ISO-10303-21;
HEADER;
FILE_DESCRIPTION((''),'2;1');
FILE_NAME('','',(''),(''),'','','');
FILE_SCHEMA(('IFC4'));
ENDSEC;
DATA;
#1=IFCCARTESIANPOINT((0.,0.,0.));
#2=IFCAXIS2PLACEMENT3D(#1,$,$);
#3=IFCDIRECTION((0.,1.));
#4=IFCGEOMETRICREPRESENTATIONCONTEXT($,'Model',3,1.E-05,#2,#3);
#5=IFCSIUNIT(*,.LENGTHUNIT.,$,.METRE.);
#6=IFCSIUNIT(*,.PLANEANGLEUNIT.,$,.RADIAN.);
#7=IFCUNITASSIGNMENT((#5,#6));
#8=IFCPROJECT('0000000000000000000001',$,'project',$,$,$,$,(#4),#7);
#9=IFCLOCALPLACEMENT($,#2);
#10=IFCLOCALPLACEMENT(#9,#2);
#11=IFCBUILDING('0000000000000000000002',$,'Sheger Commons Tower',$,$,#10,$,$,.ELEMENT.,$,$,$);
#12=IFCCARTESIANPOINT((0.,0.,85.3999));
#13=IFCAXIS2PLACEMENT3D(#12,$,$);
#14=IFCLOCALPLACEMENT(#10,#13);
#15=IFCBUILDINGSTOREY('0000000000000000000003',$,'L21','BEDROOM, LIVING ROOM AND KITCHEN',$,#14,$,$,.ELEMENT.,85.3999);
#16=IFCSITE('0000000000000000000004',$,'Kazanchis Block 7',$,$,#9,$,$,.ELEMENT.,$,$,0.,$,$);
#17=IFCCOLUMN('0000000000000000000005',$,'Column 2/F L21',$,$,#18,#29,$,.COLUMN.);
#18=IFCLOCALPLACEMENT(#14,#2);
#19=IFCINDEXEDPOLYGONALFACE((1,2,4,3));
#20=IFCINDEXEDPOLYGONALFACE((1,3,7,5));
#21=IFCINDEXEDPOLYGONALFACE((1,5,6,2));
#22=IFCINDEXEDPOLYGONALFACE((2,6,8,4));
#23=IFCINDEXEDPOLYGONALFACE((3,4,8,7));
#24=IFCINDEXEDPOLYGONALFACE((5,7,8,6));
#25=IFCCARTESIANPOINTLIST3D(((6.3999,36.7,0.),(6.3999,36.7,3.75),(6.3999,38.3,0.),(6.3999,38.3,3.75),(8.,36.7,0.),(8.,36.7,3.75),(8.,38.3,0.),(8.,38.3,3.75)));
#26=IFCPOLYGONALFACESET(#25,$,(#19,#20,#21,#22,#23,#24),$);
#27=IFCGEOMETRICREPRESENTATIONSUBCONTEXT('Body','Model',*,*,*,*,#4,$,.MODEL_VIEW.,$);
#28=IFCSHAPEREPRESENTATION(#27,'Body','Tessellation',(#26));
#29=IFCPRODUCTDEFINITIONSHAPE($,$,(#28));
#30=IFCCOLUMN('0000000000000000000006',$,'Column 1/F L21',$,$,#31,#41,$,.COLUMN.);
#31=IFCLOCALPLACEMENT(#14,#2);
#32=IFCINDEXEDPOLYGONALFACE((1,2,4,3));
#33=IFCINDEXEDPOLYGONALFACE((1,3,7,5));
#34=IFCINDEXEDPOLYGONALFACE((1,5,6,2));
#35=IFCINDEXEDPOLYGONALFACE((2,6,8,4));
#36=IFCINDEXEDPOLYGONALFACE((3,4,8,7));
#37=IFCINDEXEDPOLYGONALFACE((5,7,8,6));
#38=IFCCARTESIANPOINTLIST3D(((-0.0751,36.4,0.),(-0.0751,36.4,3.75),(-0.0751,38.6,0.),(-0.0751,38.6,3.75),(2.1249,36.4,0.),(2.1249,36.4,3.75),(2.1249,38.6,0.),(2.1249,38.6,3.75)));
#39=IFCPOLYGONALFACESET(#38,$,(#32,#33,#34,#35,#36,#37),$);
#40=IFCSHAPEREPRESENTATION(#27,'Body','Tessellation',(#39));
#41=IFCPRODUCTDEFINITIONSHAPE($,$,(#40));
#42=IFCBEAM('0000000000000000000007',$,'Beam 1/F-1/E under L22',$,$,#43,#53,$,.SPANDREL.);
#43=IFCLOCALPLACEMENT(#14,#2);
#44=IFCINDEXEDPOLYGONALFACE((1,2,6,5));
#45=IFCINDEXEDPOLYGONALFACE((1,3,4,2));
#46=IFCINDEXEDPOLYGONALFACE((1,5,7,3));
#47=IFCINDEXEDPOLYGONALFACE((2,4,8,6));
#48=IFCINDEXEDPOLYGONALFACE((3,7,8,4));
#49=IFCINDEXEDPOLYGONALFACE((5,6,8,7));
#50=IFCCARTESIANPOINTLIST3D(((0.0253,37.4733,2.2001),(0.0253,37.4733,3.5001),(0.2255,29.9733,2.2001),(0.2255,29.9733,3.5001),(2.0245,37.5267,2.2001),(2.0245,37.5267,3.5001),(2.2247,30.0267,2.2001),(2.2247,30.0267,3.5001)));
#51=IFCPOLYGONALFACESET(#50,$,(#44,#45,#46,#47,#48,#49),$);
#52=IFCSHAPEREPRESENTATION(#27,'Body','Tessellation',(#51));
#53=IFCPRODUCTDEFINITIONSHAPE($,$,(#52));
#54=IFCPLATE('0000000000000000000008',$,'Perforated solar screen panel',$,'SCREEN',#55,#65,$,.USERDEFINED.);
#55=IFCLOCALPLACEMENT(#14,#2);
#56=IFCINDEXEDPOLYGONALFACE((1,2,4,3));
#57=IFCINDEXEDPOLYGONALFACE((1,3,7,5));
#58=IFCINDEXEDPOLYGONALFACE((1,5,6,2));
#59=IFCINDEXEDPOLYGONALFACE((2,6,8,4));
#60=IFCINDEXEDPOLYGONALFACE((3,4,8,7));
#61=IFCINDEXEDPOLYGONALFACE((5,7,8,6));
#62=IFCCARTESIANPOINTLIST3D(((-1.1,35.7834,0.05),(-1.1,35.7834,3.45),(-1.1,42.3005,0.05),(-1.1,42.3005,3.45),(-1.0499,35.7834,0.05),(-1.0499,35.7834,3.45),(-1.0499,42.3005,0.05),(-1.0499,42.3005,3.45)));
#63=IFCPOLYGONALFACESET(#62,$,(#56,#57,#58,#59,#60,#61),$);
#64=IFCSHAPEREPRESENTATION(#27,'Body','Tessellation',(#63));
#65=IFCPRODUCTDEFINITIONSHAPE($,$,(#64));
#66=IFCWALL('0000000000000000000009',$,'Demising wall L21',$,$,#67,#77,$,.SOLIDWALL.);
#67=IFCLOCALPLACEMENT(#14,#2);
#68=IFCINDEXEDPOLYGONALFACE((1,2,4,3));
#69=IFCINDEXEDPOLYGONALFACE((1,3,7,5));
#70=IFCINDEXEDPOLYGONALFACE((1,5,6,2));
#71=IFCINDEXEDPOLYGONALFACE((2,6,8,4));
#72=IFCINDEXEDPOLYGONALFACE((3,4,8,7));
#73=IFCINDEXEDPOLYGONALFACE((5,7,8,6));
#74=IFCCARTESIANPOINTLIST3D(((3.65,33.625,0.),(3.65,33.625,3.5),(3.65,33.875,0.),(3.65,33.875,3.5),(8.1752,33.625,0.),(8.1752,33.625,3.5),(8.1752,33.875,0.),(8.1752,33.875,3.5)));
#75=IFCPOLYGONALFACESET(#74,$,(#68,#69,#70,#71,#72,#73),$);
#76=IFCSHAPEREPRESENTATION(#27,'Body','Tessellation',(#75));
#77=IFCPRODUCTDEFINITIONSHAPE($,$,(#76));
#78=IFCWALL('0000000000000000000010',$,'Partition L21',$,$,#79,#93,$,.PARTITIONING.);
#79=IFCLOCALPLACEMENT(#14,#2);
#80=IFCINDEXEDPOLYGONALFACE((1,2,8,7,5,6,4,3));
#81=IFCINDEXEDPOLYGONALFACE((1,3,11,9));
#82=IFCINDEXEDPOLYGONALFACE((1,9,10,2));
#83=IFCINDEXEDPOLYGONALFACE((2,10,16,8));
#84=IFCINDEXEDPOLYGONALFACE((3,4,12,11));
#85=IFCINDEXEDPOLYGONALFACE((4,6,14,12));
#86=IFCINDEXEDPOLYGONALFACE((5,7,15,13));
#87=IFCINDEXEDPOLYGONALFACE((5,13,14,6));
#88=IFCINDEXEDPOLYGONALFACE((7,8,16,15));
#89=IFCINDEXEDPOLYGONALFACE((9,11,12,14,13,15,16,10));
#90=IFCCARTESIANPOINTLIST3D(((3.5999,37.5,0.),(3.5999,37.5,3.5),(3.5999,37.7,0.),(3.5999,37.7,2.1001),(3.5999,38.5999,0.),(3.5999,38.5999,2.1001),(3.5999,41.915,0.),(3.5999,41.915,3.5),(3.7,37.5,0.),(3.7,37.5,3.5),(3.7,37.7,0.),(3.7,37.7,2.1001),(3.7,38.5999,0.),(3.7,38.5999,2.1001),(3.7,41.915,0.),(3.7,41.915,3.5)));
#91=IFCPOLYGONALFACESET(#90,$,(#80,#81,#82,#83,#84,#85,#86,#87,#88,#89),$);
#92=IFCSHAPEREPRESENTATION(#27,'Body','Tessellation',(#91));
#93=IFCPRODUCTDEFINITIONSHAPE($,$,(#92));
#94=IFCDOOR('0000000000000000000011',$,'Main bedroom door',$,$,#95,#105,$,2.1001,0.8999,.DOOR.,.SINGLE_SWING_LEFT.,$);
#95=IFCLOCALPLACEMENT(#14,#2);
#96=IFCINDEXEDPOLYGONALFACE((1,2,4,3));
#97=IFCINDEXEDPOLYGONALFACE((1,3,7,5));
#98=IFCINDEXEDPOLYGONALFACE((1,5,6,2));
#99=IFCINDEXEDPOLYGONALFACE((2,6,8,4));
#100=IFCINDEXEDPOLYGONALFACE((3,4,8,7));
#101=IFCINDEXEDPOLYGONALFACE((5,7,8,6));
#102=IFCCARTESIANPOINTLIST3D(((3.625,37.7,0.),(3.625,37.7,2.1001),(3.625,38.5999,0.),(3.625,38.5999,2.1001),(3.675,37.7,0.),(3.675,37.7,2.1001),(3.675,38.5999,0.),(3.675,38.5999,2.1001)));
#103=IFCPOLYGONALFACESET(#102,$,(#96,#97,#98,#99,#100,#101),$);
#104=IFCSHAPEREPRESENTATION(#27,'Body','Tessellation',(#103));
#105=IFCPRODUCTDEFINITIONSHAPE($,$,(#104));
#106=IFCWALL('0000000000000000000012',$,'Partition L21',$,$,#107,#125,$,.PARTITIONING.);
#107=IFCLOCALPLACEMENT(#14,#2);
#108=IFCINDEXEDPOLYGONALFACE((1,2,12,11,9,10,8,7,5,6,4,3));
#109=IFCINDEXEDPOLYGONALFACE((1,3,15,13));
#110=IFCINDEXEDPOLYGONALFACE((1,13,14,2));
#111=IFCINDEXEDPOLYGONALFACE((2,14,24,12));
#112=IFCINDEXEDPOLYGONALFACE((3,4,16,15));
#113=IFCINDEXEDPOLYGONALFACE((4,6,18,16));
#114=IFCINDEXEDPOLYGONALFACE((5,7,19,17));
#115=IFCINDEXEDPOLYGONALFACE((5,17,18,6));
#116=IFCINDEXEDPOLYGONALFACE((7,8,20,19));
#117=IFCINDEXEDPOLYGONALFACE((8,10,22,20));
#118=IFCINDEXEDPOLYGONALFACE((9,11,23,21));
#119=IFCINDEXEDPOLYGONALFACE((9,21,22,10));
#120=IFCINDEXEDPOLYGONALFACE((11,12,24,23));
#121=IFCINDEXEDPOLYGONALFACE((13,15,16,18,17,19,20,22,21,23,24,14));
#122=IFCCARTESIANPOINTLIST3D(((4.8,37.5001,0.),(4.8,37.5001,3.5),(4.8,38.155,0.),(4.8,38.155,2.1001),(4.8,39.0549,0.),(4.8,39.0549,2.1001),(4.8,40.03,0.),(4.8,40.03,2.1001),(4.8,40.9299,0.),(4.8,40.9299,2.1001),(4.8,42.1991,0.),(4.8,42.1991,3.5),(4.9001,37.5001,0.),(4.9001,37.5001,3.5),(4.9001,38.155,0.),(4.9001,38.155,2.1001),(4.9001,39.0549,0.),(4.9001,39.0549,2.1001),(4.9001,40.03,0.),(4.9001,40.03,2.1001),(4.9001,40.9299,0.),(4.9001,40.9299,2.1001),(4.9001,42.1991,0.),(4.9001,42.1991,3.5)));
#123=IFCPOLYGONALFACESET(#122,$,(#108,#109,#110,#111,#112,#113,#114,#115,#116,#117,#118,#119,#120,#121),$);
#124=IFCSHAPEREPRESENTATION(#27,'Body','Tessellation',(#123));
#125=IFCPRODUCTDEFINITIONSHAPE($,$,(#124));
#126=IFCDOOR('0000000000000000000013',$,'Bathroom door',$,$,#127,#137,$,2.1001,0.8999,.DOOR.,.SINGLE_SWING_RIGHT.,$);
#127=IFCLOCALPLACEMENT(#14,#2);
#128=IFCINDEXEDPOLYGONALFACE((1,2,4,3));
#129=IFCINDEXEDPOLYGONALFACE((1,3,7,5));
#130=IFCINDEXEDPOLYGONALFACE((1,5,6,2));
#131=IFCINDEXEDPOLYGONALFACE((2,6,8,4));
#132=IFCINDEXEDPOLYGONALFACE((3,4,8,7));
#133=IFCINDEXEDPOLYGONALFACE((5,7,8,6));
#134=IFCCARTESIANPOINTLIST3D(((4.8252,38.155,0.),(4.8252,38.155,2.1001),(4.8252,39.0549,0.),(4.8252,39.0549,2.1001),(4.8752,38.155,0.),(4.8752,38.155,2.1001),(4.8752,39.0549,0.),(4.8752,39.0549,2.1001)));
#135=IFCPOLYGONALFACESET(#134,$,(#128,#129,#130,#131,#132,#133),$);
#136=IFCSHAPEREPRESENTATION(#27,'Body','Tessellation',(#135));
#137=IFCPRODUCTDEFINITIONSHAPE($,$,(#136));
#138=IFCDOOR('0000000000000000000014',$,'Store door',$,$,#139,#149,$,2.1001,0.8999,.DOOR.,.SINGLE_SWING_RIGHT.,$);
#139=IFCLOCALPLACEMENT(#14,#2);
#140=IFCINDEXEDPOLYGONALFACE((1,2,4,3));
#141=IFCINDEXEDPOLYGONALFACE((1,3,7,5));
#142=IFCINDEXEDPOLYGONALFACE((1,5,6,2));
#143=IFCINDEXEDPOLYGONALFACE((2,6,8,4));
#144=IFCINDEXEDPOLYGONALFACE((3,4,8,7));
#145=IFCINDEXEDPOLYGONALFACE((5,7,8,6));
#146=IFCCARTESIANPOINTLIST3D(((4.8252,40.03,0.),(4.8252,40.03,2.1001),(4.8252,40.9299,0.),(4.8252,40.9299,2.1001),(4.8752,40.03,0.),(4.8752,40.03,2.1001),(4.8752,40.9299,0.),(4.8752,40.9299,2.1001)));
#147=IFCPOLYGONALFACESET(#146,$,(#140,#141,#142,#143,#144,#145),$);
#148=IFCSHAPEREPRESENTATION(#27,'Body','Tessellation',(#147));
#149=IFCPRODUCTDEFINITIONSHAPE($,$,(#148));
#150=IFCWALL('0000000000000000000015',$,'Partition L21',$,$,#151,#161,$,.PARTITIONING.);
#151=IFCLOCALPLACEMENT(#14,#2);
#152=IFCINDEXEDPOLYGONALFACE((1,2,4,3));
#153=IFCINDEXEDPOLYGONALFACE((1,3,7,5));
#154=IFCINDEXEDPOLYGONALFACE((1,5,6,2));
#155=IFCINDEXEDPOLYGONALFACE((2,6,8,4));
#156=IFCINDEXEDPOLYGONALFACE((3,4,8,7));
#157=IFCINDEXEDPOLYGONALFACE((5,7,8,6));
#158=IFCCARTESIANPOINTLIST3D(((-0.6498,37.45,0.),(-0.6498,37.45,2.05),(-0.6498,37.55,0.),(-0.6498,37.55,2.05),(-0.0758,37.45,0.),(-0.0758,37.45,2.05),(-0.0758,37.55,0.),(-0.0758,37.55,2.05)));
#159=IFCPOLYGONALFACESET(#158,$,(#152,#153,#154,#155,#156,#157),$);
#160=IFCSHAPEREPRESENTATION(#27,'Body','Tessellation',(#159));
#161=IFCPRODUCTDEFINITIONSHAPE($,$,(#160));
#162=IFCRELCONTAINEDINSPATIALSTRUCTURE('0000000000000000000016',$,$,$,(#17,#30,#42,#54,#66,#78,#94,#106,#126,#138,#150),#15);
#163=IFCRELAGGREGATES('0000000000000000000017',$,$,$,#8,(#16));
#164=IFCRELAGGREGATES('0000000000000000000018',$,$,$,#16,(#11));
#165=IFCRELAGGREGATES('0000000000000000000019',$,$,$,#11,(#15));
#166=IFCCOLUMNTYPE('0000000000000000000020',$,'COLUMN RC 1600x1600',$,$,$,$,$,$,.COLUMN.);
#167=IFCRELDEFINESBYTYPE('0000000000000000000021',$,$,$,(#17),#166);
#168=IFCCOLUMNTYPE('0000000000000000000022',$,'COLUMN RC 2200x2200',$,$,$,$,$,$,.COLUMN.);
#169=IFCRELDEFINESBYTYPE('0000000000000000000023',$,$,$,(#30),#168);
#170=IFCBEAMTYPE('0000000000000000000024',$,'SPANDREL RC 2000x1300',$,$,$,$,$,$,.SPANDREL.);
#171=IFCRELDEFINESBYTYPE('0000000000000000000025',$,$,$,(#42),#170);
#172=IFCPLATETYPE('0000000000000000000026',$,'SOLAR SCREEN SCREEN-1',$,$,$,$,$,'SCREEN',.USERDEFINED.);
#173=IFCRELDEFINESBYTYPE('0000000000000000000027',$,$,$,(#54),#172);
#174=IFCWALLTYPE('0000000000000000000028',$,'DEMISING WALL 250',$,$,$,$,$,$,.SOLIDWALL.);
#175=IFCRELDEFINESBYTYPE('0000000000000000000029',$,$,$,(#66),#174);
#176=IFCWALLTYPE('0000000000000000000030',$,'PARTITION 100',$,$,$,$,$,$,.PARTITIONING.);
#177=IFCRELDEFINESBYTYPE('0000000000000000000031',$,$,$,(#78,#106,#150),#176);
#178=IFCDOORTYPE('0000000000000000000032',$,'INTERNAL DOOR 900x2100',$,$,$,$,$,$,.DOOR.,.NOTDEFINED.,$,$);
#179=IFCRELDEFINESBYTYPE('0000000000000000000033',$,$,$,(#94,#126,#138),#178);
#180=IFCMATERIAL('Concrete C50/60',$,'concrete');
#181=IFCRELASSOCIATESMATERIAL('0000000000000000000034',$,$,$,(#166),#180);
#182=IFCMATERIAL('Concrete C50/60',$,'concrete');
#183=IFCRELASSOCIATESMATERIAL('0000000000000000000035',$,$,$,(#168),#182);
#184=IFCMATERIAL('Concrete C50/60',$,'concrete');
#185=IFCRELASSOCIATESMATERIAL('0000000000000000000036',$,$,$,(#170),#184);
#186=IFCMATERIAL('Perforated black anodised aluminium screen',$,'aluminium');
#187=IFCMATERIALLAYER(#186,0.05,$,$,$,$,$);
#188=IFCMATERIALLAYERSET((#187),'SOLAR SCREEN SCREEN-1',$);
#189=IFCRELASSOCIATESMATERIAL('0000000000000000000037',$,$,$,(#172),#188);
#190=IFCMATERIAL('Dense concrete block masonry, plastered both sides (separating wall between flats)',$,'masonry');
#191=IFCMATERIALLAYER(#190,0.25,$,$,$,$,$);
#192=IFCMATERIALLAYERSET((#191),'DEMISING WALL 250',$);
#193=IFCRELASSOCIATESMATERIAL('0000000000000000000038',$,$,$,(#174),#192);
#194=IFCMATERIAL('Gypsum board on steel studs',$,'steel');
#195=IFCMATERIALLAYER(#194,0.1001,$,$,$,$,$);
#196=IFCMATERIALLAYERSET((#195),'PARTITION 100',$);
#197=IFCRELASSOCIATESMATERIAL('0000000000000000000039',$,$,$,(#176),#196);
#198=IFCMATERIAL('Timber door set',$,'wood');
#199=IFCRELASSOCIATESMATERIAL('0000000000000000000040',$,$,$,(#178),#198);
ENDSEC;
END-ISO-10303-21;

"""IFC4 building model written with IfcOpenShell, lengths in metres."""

from ifc_helpers import new_model, si_unit, direction, frame, frame_2d, origin, origin_2d, place, context, subcontext, project, spatial, rectangle, extrude, material, layer, layer_set, material_profile, profile_set, type_object, element, fill, save


model = new_model("IFC4")

# Units and contexts
model_context = context("Model", 3, precision=1e-05, world=origin(), true_north=direction((0.0, 1.0)))
body_context = subcontext(model_context, "Body", "Model", "MODEL_VIEW")
ifc_project = project(units=[si_unit("LENGTHUNIT", "METRE"), si_unit("PLANEANGLEUNIT", "RADIAN")], contexts=[model_context])

# Site, building, storey
site_placement = place(None, origin())
site = spatial("IfcSite", under=ifc_project, at=site_placement, Name="Kazanchis Block 7", CompositionType="ELEMENT", RefElevation=0.0)
building_placement = place(site_placement, origin())
building = spatial("IfcBuilding", under=site, at=building_placement, Name="Sheger Commons Tower", CompositionType="ELEMENT")
storey_placement = place(building_placement, frame((0.0, 0.0, 85.3999)))
storey = spatial("IfcBuildingStorey", under=building, at=storey_placement, Name="L21", Description="BEDROOM, LIVING ROOM AND KITCHEN", CompositionType="ELEMENT", Elevation=85.3999)

# Columns
ifc_material_1 = material(Name="Concrete C50/60", Category="concrete")
ifc_material_profile_1 = material_profile(ifc_material_1, rectangle(XDim=1.6001, YDim=1.6001, at=origin_2d()), Name="RC 1600x1600")
ifc_profile_set_1 = profile_set([ifc_material_profile_1], Name="Concrete C50/60")
column_type_1 = type_object("IfcColumnType", Name="COLUMN RC 1600x1600", PredefinedType="COLUMN", material=ifc_profile_set_1)
column_1_placement = place(storey_placement, frame((7.2, 37.5, 0.0), z_axis=(0.0, 0.0, 1.0), x_axis=(1.0, 0.0, 0.0)))
element("IfcColumn", 1, at=column_1_placement, inside=storey, type_object=column_type_1, Name="Column 2/F L21", PredefinedType="COLUMN", context=body_context, shape_type="SweptSolid", body=[
    extrude(rectangle(XDim=1.6001, YDim=1.6001, at=origin_2d()), origin(), (0.0, 0.0, 1.0), 3.75),
])
ifc_material_2 = material(Name="Concrete C50/60", Category="concrete")
ifc_material_profile_2 = material_profile(ifc_material_2, rectangle(XDim=2.2, YDim=2.2, at=origin_2d()), Name="RC 2200x2200")
ifc_profile_set_2 = profile_set([ifc_material_profile_2], Name="Concrete C50/60")
column_type_2 = type_object("IfcColumnType", Name="COLUMN RC 2200x2200", PredefinedType="COLUMN", material=ifc_profile_set_2)
column_2_placement = place(storey_placement, frame((1.0249, 37.5, 0.0), z_axis=(0.0, 0.0, 1.0), x_axis=(1.0, 0.0, 0.0)))
element("IfcColumn", 2, at=column_2_placement, inside=storey, type_object=column_type_2, Name="Column 1/F L21", PredefinedType="COLUMN", context=body_context, shape_type="SweptSolid", body=[
    extrude(rectangle(XDim=2.2, YDim=2.2, at=origin_2d()), origin(), (0.0, 0.0, 1.0), 3.75),
])

# Beam
ifc_material_3 = material(Name="Concrete C50/60", Category="concrete")
ifc_material_profile_3 = material_profile(ifc_material_3, rectangle(XDim=2.0, YDim=1.3, at=origin_2d()), Name="RC 2000x1300")
ifc_profile_set_3 = profile_set([ifc_material_profile_3], Name="Concrete C50/60")
beam_type = type_object("IfcBeamType", Name="SPANDREL RC 2000x1300", PredefinedType="SPANDREL", material=ifc_profile_set_3)
beam_placement = place(storey_placement, frame((1.0249, 37.5, 2.8501), z_axis=(0.026683, -0.999644, 0.0), x_axis=(0.999644, 0.026683, 0.0)))
element("IfcBeam", 3, at=beam_placement, inside=storey, type_object=beam_type, Name="Beam 1/F-1/E under L22", PredefinedType="SPANDREL", context=body_context, shape_type="SweptSolid", body=[
    extrude(rectangle(XDim=2.0, YDim=1.3, at=origin_2d()), origin(), (0.0, 0.0, 1.0), 7.5027),
])

# Plate
ifc_material_4 = material(Name="Perforated black anodised aluminium screen", Category="aluminium")
ifc_layer_1 = layer(ifc_material_4, 0.05)
ifc_layer_set_1 = layer_set([ifc_layer_1], Name="SOLAR SCREEN SCREEN-1")
plate_type = type_object("IfcPlateType", Name="SOLAR SCREEN SCREEN-1", ElementType="SCREEN", PredefinedType="USERDEFINED", material=ifc_layer_set_1)
plate_placement = place(storey_placement, frame((-1.075, 39.042, 0.05), z_axis=(0.0, 0.0, 1.0), x_axis=(0.0, -1.0, 0.0)))
element("IfcPlate", 4, at=plate_placement, inside=storey, type_object=plate_type, Name="Perforated solar screen panel", ObjectType="SCREEN", PredefinedType="USERDEFINED", context=body_context, shape_type="SweptSolid", body=[
    extrude(rectangle(XDim=6.5171, YDim=0.05, at=origin_2d()), origin(), (0.0, 0.0, 1.0), 3.3999),
])

# Wall
ifc_material_5 = material(Name="Dense concrete block masonry, plastered both sides (separating wall between flats)", Category="masonry")
ifc_layer_2 = layer(ifc_material_5, 0.25)
ifc_layer_set_2 = layer_set([ifc_layer_2], Name="DEMISING WALL 250")
wall_type_1 = type_object("IfcWallType", Name="DEMISING WALL 250", PredefinedType="SOLIDWALL", material=ifc_layer_set_2)
wall_1_placement = place(storey_placement, frame((3.6499, 33.75, 0.0), z_axis=(0.0, 0.0, 1.0), x_axis=(1.0, 0.0, 0.0)))
element("IfcWall", 5, at=wall_1_placement, inside=storey, type_object=wall_type_1, Name="Demising wall L21", PredefinedType="SOLIDWALL", context=body_context, shape_type="SweptSolid", body=[
    extrude(rectangle(XDim=4.5251, YDim=0.25, at=frame_2d((2.2627, 0.0))), origin(), (0.0, 0.0, 1.0), 3.5),
])

# Wall, opening, door
ifc_material_6 = material(Name="Gypsum board on steel studs", Category="steel")
ifc_layer_3 = layer(ifc_material_6, 0.1001)
ifc_layer_set_3 = layer_set([ifc_layer_3], Name="PARTITION 100")
wall_type_2 = type_object("IfcWallType", Name="PARTITION 100", PredefinedType="PARTITIONING", material=ifc_layer_set_3)
wall_2_placement = place(storey_placement, frame((3.6499, 37.5, 0.0), z_axis=(0.0, 0.0, 1.0), x_axis=(0.0, 1.0, 0.0)))
wall_2 = element("IfcWall", 6, at=wall_2_placement, inside=storey, type_object=wall_type_2, Name="Partition L21", PredefinedType="PARTITIONING", context=body_context, shape_type="SweptSolid", body=[
    extrude(rectangle(XDim=4.415, YDim=0.1001, at=frame_2d((2.2075, 0.0))), origin(), (0.0, 0.0, 1.0), 3.5),
])
opening_1_placement = place(wall_2_placement, frame((0.2, 0.0, 0.0)))
opening_1 = element("IfcOpeningElement", 7, at=opening_1_placement, cuts=wall_2, PredefinedType="OPENING", context=body_context, shape_type="SweptSolid", body=[
    extrude(rectangle(XDim=0.8999, YDim=2.1001, at=frame_2d((0.45, 1.05))), frame((0.0, 0.0601, 0.0), z_axis=(0.0, -1.0, 0.0), x_axis=(1.0, 0.0, 0.0)), (0.0, 0.0, 1.0), 0.1201),
])
ifc_material_7 = material(Name="Timber door set", Category="wood")
door_type = type_object("IfcDoorType", Name="INTERNAL DOOR 900x2100", OperationType="NOTDEFINED", PredefinedType="DOOR", material=ifc_material_7)
door_1_placement = place(opening_1_placement, origin())
door_1 = element("IfcDoor", 8, at=door_1_placement, inside=storey, type_object=door_type, Name="Main bedroom door", OperationType="SINGLE_SWING_LEFT", OverallHeight=2.1001, OverallWidth=0.8999, PredefinedType="DOOR", context=body_context, shape_type="SweptSolid", body=[
    extrude(rectangle(XDim=0.8999, YDim=2.1001, at=frame_2d((0.45, 1.05))), frame((0.0, 0.0249, 0.0), z_axis=(0.0, -1.0, 0.0), x_axis=(1.0, 0.0, 0.0)), (0.0, 0.0, 1.0), 0.05),
])
fill(opening_1, door_1)

# Wall, openings, doors
wall_3_placement = place(storey_placement, frame((4.8501, 37.5, 0.0), z_axis=(0.0, 0.0, 1.0), x_axis=(0.0, 1.0, 0.0)))
wall_3 = element("IfcWall", 9, at=wall_3_placement, inside=storey, type_object=wall_type_2, Name="Partition L21", PredefinedType="PARTITIONING", context=body_context, shape_type="SweptSolid", body=[
    extrude(rectangle(XDim=4.699, YDim=0.1001, at=frame_2d((2.3496, 0.0))), origin(), (0.0, 0.0, 1.0), 3.5),
])
opening_2_placement = place(wall_3_placement, frame((0.655, 0.0, 0.0)))
opening_2 = element("IfcOpeningElement", 10, at=opening_2_placement, cuts=wall_3, PredefinedType="OPENING", context=body_context, shape_type="SweptSolid", body=[
    extrude(rectangle(XDim=0.8999, YDim=2.1001, at=frame_2d((0.45, 1.05))), frame((0.0, 0.0601, 0.0), z_axis=(0.0, -1.0, 0.0), x_axis=(1.0, 0.0, 0.0)), (0.0, 0.0, 1.0), 0.1201),
])
opening_3_placement = place(wall_3_placement, frame((2.53, 0.0, 0.0)))
opening_3 = element("IfcOpeningElement", 11, at=opening_3_placement, cuts=wall_3, PredefinedType="OPENING", context=body_context, shape_type="SweptSolid", body=[
    extrude(rectangle(XDim=0.8999, YDim=2.1001, at=frame_2d((0.45, 1.05))), frame((0.0, 0.0601, 0.0), z_axis=(0.0, -1.0, 0.0), x_axis=(1.0, 0.0, 0.0)), (0.0, 0.0, 1.0), 0.1201),
])
door_2_placement = place(opening_2_placement, origin())
door_2 = element("IfcDoor", 12, at=door_2_placement, inside=storey, type_object=door_type, Name="Bathroom door", OperationType="SINGLE_SWING_RIGHT", OverallHeight=2.1001, OverallWidth=0.8999, PredefinedType="DOOR", context=body_context, shape_type="SweptSolid", body=[
    extrude(rectangle(XDim=0.8999, YDim=2.1001, at=frame_2d((0.45, 1.05))), frame((0.0, 0.0249, 0.0), z_axis=(0.0, -1.0, 0.0), x_axis=(1.0, 0.0, 0.0)), (0.0, 0.0, 1.0), 0.05),
])
fill(opening_2, door_2)
door_3_placement = place(opening_3_placement, origin())
door_3 = element("IfcDoor", 13, at=door_3_placement, inside=storey, type_object=door_type, Name="Store door", OperationType="SINGLE_SWING_RIGHT", OverallHeight=2.1001, OverallWidth=0.8999, PredefinedType="DOOR", context=body_context, shape_type="SweptSolid", body=[
    extrude(rectangle(XDim=0.8999, YDim=2.1001, at=frame_2d((0.45, 1.05))), frame((0.0, 0.0249, 0.0), z_axis=(0.0, -1.0, 0.0), x_axis=(1.0, 0.0, 0.0)), (0.0, 0.0, 1.0), 0.05),
])
fill(opening_3, door_3)

# Wall
wall_4_placement = place(storey_placement, frame((-0.6499, 37.5, 0.0), z_axis=(0.0, 0.0, 1.0), x_axis=(1.0, 0.0, 0.0)))
element("IfcWall", 14, at=wall_4_placement, inside=storey, type_object=wall_type_2, Name="Partition L21", PredefinedType="PARTITIONING", context=body_context, shape_type="SweptSolid", body=[
    extrude(rectangle(XDim=0.574, YDim=0.1001, at=frame_2d((0.2871, 0.0))), origin(), (0.0, 0.0, 1.0), 2.05),
])

save(model, "model.ifc")
